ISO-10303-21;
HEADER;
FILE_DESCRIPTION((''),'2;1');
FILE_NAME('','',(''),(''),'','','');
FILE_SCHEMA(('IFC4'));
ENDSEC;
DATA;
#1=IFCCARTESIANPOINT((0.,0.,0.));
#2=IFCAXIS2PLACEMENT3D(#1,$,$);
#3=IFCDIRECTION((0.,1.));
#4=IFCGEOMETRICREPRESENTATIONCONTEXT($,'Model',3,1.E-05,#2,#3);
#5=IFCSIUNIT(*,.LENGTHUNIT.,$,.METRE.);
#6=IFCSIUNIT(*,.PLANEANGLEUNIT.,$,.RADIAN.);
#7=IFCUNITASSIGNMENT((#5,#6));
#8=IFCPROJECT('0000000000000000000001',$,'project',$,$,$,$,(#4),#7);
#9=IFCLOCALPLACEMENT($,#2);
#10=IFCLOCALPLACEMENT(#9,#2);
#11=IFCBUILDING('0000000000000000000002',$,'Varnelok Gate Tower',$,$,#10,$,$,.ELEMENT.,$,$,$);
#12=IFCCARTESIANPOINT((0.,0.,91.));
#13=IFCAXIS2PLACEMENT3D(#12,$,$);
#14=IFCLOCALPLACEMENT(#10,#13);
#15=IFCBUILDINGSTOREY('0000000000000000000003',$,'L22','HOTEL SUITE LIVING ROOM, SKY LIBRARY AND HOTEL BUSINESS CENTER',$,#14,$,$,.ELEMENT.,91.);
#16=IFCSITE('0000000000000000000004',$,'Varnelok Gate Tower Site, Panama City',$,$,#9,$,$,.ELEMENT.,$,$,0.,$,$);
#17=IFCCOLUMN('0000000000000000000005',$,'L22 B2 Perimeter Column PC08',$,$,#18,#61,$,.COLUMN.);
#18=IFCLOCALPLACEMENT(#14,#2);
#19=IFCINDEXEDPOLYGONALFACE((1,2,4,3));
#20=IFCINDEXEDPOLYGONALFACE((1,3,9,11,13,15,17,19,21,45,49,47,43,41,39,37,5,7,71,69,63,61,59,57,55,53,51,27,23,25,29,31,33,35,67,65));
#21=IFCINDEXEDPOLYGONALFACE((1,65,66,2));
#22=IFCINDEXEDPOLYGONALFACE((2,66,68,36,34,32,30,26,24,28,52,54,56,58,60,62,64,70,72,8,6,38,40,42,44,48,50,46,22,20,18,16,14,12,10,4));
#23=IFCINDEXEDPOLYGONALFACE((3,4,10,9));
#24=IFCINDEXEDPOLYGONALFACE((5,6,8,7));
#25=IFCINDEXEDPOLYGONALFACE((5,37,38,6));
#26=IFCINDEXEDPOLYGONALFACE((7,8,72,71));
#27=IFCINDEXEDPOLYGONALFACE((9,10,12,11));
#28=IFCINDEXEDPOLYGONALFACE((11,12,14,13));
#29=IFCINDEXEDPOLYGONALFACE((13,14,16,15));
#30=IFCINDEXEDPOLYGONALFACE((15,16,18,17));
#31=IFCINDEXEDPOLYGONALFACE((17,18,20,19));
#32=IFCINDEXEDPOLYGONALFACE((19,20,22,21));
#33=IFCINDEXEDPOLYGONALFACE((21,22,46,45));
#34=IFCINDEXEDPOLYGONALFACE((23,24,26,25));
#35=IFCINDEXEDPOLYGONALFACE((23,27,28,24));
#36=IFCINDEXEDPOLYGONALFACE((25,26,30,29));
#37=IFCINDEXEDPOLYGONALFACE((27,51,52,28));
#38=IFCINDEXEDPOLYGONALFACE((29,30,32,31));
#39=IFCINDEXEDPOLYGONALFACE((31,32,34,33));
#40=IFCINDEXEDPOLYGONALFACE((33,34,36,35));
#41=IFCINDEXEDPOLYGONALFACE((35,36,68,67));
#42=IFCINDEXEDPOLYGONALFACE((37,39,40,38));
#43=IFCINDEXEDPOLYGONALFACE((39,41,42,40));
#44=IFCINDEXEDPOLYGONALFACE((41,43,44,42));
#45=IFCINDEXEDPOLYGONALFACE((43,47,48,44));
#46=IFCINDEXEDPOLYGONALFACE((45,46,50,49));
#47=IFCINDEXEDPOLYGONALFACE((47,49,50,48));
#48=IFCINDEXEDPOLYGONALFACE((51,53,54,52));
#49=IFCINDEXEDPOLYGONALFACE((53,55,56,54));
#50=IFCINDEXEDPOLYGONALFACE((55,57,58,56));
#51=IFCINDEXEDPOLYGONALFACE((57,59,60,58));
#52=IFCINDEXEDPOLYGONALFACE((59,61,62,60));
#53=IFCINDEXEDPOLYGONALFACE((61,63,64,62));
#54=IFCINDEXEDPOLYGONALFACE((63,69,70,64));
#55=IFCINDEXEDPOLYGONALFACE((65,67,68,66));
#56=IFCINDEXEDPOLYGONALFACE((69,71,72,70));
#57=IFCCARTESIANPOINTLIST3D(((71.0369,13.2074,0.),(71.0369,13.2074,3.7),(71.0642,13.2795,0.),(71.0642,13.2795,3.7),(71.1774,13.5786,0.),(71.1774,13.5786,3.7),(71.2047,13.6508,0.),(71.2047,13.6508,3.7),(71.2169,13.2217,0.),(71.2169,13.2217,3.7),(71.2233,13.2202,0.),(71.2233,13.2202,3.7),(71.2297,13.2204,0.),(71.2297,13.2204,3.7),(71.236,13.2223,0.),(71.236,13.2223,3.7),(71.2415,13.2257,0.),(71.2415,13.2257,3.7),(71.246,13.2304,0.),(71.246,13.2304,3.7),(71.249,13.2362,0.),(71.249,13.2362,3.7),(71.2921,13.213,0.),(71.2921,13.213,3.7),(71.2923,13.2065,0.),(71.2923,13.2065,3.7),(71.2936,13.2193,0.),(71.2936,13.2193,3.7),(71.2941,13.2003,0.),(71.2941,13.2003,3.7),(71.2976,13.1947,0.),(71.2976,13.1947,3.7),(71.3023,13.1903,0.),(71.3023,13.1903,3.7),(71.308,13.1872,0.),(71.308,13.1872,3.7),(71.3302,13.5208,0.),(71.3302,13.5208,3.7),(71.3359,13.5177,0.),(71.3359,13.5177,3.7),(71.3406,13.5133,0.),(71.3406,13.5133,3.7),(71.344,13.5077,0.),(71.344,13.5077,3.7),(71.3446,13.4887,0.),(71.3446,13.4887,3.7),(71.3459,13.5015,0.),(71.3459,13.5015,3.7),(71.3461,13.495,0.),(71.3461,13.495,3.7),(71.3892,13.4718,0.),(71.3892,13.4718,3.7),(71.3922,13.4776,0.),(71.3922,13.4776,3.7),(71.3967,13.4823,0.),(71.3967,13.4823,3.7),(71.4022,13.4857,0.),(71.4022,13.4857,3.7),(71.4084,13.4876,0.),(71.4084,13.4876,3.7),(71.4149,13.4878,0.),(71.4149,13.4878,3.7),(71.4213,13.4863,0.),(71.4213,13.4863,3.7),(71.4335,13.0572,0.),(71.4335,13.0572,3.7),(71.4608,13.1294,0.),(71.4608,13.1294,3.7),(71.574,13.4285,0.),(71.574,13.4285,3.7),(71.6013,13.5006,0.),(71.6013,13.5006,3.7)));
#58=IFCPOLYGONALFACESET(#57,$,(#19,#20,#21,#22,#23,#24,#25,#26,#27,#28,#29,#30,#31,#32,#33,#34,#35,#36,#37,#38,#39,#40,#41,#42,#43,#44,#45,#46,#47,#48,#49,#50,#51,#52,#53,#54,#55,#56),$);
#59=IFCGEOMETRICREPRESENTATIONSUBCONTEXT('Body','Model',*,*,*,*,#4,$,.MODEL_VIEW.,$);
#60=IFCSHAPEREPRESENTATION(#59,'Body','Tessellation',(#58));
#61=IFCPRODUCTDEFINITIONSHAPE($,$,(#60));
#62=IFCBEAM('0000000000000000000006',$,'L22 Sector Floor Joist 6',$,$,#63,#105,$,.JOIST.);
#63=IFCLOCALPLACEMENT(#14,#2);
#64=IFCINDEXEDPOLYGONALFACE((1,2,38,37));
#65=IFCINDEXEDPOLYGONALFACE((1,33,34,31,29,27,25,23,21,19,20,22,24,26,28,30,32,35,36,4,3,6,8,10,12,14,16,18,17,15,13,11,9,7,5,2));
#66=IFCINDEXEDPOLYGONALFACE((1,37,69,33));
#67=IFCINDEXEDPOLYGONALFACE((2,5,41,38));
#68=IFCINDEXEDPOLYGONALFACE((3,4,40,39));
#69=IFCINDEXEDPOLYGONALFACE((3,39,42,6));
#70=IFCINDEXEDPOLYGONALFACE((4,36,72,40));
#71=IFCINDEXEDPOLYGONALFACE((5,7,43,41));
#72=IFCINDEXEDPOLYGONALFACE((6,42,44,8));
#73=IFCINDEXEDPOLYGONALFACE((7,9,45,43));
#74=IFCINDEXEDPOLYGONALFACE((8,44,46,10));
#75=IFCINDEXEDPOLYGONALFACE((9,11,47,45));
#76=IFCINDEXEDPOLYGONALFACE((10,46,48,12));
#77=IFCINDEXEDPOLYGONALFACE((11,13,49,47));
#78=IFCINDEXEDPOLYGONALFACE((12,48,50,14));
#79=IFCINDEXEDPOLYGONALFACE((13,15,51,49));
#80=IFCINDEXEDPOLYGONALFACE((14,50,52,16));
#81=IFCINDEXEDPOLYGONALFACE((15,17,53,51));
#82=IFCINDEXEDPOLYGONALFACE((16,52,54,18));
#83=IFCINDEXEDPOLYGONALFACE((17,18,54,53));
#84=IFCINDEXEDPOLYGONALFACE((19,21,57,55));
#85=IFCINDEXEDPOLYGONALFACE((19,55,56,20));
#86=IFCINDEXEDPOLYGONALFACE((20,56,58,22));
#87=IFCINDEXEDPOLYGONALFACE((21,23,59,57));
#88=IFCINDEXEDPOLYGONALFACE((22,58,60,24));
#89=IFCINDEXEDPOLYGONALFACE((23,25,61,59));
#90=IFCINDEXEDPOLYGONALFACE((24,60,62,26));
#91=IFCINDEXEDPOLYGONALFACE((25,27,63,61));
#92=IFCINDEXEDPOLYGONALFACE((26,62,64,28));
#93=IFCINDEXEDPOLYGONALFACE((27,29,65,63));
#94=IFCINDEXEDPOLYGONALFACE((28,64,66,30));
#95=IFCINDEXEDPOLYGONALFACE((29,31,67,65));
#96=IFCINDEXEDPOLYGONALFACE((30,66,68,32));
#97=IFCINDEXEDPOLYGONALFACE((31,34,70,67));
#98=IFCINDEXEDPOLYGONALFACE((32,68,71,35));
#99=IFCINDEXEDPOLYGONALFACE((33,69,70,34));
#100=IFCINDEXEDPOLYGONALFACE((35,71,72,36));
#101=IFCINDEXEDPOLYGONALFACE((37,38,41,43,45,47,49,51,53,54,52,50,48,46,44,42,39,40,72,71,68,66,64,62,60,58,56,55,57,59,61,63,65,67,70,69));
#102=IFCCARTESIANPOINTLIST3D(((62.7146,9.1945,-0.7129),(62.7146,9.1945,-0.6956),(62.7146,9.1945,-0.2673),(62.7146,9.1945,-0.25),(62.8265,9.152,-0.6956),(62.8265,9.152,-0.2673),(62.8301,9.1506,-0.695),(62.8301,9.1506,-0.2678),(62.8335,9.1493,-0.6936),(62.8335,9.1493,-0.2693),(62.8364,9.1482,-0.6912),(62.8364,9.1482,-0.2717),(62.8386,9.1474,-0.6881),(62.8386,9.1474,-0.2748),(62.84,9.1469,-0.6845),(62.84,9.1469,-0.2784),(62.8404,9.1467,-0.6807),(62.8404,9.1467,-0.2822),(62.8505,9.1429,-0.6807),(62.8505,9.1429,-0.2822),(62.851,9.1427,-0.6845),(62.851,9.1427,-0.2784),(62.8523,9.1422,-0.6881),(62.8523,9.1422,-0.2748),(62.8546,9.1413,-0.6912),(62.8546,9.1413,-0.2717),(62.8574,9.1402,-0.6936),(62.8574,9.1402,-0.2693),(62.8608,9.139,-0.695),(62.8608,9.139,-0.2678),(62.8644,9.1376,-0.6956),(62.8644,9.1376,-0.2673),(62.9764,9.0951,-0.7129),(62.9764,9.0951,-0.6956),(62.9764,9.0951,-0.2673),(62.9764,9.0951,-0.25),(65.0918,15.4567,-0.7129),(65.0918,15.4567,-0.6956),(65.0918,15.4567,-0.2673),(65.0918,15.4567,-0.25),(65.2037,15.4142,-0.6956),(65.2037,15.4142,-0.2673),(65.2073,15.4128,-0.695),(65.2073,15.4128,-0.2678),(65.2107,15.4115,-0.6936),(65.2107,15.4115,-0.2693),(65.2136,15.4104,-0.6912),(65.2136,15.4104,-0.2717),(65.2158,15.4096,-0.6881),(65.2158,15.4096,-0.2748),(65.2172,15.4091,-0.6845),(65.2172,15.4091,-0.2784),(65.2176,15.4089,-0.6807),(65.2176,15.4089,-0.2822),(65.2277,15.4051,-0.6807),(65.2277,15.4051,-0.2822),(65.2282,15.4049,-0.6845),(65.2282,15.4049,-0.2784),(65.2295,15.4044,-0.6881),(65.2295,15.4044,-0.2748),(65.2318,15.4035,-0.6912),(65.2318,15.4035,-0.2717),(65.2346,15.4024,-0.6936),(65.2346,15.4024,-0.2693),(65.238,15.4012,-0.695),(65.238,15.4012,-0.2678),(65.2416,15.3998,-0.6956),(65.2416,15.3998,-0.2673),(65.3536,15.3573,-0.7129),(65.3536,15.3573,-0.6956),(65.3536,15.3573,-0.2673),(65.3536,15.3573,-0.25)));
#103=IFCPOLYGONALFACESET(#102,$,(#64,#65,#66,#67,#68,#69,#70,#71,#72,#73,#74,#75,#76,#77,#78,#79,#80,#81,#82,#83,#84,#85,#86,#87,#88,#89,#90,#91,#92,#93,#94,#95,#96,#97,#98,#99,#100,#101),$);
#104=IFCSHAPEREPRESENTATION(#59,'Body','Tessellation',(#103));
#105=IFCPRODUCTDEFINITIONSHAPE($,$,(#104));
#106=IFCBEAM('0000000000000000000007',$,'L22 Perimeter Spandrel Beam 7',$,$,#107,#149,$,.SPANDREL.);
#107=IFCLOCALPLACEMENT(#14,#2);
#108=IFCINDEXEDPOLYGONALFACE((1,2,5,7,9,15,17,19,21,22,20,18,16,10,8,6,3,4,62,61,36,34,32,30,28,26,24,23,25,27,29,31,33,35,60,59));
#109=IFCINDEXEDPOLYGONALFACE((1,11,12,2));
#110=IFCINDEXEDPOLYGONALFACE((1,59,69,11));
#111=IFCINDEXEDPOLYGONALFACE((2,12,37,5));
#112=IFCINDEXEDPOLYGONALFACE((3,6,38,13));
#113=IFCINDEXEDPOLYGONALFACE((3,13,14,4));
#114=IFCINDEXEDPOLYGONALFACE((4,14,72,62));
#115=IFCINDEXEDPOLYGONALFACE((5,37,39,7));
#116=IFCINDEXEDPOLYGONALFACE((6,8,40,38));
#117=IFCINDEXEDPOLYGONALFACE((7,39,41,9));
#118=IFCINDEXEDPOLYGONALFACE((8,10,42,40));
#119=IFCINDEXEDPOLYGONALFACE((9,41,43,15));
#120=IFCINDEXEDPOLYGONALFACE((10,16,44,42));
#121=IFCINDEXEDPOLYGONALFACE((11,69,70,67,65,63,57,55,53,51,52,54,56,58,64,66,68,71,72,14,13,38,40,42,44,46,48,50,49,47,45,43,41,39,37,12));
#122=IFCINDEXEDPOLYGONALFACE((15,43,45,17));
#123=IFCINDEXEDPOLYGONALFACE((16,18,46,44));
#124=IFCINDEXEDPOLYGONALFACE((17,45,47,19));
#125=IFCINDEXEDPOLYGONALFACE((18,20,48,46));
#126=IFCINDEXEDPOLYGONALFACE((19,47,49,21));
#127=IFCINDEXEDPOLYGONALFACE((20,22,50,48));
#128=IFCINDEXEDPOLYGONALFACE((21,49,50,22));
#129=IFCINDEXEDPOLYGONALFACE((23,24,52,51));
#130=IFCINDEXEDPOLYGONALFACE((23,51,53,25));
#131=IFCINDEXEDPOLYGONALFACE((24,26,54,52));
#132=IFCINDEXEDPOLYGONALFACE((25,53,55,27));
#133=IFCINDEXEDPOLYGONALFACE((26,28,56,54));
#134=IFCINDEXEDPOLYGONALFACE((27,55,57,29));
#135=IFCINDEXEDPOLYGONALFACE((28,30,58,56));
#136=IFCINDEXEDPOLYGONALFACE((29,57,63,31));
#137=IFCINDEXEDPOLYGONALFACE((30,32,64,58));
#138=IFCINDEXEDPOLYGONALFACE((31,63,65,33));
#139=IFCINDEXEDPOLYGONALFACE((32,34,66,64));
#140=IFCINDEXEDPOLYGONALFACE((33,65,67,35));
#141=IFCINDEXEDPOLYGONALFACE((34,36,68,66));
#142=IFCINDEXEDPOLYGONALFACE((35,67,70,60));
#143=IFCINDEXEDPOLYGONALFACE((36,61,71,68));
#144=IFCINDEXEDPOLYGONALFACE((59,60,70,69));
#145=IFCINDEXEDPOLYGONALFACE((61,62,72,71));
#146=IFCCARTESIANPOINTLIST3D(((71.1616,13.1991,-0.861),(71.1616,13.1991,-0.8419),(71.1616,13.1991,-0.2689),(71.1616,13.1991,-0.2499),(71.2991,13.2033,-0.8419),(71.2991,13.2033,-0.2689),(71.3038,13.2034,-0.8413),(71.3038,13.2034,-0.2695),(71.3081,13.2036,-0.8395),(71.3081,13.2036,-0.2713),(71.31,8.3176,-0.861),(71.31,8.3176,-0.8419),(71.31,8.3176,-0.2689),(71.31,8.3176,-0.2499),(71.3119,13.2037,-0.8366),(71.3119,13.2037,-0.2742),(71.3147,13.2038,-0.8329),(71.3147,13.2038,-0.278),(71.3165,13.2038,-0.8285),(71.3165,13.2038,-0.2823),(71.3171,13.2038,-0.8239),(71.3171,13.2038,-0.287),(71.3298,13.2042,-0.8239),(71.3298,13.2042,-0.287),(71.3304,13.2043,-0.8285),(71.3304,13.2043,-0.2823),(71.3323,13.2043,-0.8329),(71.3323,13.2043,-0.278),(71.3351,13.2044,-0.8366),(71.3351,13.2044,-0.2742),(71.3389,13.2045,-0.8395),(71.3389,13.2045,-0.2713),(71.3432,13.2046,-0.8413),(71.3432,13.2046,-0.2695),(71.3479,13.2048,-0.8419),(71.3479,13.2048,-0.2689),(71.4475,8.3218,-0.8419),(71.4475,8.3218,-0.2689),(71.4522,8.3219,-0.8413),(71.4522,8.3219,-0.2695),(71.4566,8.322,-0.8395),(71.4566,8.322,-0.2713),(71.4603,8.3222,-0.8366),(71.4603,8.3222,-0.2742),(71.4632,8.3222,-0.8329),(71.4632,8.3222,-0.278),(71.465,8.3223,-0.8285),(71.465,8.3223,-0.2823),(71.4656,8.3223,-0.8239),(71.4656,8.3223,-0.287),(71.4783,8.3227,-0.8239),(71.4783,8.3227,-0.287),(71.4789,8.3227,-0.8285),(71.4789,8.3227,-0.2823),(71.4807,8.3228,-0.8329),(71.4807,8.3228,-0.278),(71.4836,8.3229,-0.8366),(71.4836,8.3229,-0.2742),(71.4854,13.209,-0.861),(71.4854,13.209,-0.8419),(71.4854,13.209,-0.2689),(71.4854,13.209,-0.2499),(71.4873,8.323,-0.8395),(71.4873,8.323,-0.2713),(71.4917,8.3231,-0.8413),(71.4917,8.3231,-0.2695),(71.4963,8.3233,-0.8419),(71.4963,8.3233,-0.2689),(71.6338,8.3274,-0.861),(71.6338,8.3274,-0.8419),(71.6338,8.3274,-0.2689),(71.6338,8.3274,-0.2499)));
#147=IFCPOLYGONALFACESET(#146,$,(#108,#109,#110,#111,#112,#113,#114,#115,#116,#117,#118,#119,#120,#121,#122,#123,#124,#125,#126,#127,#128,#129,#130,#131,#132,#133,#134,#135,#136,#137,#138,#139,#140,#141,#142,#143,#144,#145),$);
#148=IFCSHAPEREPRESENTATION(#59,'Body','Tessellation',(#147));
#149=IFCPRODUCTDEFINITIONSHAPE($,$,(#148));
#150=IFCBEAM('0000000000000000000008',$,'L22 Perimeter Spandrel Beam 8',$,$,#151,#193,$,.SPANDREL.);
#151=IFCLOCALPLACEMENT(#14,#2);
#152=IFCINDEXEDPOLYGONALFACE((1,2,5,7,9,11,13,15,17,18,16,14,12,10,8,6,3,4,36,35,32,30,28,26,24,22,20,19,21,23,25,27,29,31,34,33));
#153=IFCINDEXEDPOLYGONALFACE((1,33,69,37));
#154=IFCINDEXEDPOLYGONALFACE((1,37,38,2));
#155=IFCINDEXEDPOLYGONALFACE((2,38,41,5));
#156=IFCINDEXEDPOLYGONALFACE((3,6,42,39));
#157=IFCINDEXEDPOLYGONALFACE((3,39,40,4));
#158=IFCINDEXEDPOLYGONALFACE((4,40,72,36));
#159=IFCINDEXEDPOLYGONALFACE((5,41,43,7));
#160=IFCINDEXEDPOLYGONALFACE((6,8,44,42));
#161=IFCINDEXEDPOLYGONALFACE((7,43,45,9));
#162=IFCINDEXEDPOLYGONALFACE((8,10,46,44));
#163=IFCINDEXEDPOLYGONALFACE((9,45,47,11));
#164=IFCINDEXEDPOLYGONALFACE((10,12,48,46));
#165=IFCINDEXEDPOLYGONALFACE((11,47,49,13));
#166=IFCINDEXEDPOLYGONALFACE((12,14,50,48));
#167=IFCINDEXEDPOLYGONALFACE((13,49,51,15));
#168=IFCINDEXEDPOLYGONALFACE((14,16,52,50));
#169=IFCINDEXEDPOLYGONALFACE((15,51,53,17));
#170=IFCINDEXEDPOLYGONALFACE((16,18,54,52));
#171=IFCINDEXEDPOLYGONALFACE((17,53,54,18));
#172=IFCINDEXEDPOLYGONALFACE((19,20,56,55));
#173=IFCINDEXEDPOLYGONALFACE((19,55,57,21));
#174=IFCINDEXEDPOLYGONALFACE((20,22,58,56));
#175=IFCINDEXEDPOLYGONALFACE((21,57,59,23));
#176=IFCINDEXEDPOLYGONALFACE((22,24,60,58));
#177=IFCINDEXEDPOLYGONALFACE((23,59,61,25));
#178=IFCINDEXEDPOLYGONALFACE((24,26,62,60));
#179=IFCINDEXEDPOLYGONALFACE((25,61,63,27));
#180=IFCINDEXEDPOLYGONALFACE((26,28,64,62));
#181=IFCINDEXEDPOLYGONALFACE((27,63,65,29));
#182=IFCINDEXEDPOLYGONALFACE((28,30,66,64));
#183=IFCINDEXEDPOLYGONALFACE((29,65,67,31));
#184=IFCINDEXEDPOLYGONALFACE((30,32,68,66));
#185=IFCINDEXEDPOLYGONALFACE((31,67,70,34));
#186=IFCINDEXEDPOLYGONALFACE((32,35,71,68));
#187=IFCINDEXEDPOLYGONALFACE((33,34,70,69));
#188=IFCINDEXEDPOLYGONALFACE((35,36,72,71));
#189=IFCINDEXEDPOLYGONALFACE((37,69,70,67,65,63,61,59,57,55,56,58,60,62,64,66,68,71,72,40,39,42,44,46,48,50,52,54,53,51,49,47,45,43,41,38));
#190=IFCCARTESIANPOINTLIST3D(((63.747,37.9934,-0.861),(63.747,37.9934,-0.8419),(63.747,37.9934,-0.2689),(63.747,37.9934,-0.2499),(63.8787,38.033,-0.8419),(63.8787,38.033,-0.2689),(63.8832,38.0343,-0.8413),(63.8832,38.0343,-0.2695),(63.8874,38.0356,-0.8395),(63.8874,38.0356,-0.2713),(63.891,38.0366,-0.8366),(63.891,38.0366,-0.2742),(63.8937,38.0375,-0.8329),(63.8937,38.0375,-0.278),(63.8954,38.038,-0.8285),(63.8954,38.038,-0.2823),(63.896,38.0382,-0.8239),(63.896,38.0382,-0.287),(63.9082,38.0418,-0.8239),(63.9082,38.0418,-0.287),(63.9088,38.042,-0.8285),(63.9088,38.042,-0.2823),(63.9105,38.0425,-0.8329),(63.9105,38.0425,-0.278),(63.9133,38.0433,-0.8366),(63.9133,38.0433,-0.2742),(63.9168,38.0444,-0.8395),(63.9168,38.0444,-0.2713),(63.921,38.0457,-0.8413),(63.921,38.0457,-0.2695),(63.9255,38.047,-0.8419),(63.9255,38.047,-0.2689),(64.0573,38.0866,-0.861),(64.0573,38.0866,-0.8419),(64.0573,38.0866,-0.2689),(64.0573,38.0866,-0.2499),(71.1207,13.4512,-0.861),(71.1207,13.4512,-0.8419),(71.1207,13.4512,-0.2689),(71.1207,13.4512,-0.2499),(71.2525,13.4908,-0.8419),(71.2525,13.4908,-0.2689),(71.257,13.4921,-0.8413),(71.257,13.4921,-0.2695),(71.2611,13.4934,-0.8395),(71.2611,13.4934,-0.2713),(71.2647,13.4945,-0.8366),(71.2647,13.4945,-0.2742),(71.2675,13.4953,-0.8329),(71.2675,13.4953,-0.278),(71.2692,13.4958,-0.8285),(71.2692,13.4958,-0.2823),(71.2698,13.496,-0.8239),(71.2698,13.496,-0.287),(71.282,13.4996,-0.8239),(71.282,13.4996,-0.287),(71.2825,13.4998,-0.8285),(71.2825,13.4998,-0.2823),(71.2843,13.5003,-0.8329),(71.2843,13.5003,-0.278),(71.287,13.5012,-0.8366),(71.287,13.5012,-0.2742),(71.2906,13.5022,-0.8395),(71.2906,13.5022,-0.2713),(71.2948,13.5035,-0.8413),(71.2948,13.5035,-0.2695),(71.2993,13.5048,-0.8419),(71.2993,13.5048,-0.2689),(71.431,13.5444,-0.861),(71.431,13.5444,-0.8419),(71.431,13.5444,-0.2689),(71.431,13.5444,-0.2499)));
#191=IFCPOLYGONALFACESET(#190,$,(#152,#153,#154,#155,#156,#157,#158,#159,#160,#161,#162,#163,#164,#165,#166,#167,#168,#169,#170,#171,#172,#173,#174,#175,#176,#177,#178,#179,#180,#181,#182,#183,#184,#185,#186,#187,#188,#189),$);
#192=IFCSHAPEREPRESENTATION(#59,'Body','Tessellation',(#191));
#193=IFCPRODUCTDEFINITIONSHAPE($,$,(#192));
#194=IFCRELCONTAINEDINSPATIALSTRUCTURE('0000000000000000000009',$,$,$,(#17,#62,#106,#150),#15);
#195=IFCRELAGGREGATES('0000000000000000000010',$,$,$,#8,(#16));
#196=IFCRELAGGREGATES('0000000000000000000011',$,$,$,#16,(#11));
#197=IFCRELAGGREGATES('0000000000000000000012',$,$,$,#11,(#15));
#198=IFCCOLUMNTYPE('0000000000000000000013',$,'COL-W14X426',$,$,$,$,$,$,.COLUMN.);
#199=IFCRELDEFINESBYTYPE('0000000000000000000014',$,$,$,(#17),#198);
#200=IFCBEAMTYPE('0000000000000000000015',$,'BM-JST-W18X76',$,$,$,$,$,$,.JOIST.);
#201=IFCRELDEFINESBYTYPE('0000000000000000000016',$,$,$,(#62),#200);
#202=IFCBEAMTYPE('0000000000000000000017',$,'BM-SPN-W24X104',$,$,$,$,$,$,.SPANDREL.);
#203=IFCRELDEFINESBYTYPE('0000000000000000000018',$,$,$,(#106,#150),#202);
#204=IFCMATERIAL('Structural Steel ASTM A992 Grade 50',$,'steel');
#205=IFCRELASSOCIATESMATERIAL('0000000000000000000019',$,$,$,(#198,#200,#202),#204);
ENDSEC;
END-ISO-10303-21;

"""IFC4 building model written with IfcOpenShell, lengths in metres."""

from ifc_helpers import new_model, si_unit, direction, frame, origin, origin_2d, place, context, subcontext, project, spatial, i_section, extrude, material, material_profile, profile_set, type_object, element, save


model = new_model("IFC4")

# Units and contexts
model_context = context("Model", 3, precision=1e-05, world=origin(), true_north=direction((0.0, 1.0)))
body_context = subcontext(model_context, "Body", "Model", "MODEL_VIEW")
ifc_project = project(units=[si_unit("LENGTHUNIT", "METRE"), si_unit("PLANEANGLEUNIT", "RADIAN")], contexts=[model_context])

# Site, building, storey
site_placement = place(None, origin())
site = spatial("IfcSite", under=ifc_project, at=site_placement, Name="Varnelok Gate Tower Site, Panama City", CompositionType="ELEMENT", RefElevation=0.0)
building_placement = place(site_placement, origin())
building = spatial("IfcBuilding", under=site, at=building_placement, Name="Varnelok Gate Tower", CompositionType="ELEMENT")
storey_placement = place(building_placement, frame((0.0, 0.0, 91.0)))
storey = spatial("IfcBuildingStorey", under=building, at=storey_placement, Name="L22", Description="HOTEL SUITE LIVING ROOM, SKY LIBRARY AND HOTEL BUSINESS CENTER", CompositionType="ELEMENT", Elevation=91.0)

# Column
ifc_material_1 = material(Name="Structural Steel ASTM A992 Grade 50", Category="steel")
ifc_material_profile_1 = material_profile(ifc_material_1, i_section(OverallWidth=0.4241, OverallDepth=0.4741, WebThickness=0.0476, FlangeThickness=0.0771, FilletRadius=0.0249, at=origin_2d()), Name="W14X426")
ifc_profile_set_1 = profile_set([ifc_material_profile_1], Name="Structural Steel ASTM A992 Grade 50")
column_type = type_object("IfcColumnType", Name="COL-W14X426", PredefinedType="COLUMN", material=ifc_profile_set_1)
column_placement = place(storey_placement, frame((71.3191, 13.354, 0.0), z_axis=(0.0, 0.0, 1.0), x_axis=(0.935222, -0.354063, 0.0)))
element("IfcColumn", 1, at=column_placement, inside=storey, type_object=column_type, Name="L22 B2 Perimeter Column PC08", PredefinedType="COLUMN", context=body_context, shape_type="SweptSolid", body=[
    extrude(i_section(OverallWidth=0.4241, OverallDepth=0.4741, WebThickness=0.0476, FlangeThickness=0.0771, FilletRadius=0.0249, at=origin_2d()), origin(), (0.0, 0.0, 1.0), 3.7),
])

# Beams
ifc_material_profile_2 = material_profile(ifc_material_1, i_section(OverallWidth=0.28, OverallDepth=0.4629, WebThickness=0.0107, FlangeThickness=0.0173, FilletRadius=0.0149, at=origin_2d()), Name="W18X76")
ifc_profile_set_2 = profile_set([ifc_material_profile_2], Name="Structural Steel ASTM A992 Grade 50")
beam_type_1 = type_object("IfcBeamType", Name="BM-JST-W18X76", PredefinedType="JOIST", material=ifc_profile_set_2)
beam_1_placement = place(storey_placement, frame((62.8455, 9.1448, -0.4814), z_axis=(0.354899, 0.934905, 0.0), x_axis=(-0.934905, 0.354899, 0.0)))
element("IfcBeam", 2, at=beam_1_placement, inside=storey, type_object=beam_type_1, Name="L22 Sector Floor Joist 6", PredefinedType="JOIST", context=body_context, shape_type="SweptSolid", body=[
    extrude(i_section(OverallWidth=0.28, OverallDepth=0.4629, WebThickness=0.0107, FlangeThickness=0.0173, FilletRadius=0.0149, at=origin_2d()), origin(), (0.0, 0.0, 1.0), 6.6982),
])
ifc_material_profile_3 = material_profile(ifc_material_1, i_section(OverallWidth=0.324, OverallDepth=0.6111, WebThickness=0.0127, FlangeThickness=0.019, FilletRadius=0.0181, at=origin_2d()), Name="W24X104")
ifc_profile_set_3 = profile_set([ifc_material_profile_3], Name="Structural Steel ASTM A992 Grade 50")
beam_type_2 = type_object("IfcBeamType", Name="BM-SPN-W24X104", PredefinedType="SPANDREL", material=ifc_profile_set_3)
beam_2_placement = place(storey_placement, frame((71.4719, 8.3225, -0.5554), z_axis=(-0.030394, 0.999538, 0.0), x_axis=(-0.999538, -0.030394, 0.0)))
element("IfcBeam", 3, at=beam_2_placement, inside=storey, type_object=beam_type_2, Name="L22 Perimeter Spandrel Beam 7", PredefinedType="SPANDREL", context=body_context, shape_type="SweptSolid", body=[
    extrude(i_section(OverallWidth=0.324, OverallDepth=0.6111, WebThickness=0.0127, FlangeThickness=0.019, FilletRadius=0.0181, at=origin_2d()), origin(), (0.0, 0.0, 1.0), 4.8838),
])
beam_3_placement = place(storey_placement, frame((71.2759, 13.4978, -0.5554), z_axis=(-0.287746, 0.957707, 0.0), x_axis=(-0.957707, -0.287746, 0.0)))
element("IfcBeam", 4, at=beam_3_placement, inside=storey, type_object=beam_type_2, Name="L22 Perimeter Spandrel Beam 8", PredefinedType="SPANDREL", context=body_context, shape_type="SweptSolid", body=[
    extrude(i_section(OverallWidth=0.324, OverallDepth=0.6111, WebThickness=0.0127, FlangeThickness=0.019, FilletRadius=0.0181, at=origin_2d()), origin(), (0.0, 0.0, 1.0), 25.626),
])

save(model, "model.ifc")
